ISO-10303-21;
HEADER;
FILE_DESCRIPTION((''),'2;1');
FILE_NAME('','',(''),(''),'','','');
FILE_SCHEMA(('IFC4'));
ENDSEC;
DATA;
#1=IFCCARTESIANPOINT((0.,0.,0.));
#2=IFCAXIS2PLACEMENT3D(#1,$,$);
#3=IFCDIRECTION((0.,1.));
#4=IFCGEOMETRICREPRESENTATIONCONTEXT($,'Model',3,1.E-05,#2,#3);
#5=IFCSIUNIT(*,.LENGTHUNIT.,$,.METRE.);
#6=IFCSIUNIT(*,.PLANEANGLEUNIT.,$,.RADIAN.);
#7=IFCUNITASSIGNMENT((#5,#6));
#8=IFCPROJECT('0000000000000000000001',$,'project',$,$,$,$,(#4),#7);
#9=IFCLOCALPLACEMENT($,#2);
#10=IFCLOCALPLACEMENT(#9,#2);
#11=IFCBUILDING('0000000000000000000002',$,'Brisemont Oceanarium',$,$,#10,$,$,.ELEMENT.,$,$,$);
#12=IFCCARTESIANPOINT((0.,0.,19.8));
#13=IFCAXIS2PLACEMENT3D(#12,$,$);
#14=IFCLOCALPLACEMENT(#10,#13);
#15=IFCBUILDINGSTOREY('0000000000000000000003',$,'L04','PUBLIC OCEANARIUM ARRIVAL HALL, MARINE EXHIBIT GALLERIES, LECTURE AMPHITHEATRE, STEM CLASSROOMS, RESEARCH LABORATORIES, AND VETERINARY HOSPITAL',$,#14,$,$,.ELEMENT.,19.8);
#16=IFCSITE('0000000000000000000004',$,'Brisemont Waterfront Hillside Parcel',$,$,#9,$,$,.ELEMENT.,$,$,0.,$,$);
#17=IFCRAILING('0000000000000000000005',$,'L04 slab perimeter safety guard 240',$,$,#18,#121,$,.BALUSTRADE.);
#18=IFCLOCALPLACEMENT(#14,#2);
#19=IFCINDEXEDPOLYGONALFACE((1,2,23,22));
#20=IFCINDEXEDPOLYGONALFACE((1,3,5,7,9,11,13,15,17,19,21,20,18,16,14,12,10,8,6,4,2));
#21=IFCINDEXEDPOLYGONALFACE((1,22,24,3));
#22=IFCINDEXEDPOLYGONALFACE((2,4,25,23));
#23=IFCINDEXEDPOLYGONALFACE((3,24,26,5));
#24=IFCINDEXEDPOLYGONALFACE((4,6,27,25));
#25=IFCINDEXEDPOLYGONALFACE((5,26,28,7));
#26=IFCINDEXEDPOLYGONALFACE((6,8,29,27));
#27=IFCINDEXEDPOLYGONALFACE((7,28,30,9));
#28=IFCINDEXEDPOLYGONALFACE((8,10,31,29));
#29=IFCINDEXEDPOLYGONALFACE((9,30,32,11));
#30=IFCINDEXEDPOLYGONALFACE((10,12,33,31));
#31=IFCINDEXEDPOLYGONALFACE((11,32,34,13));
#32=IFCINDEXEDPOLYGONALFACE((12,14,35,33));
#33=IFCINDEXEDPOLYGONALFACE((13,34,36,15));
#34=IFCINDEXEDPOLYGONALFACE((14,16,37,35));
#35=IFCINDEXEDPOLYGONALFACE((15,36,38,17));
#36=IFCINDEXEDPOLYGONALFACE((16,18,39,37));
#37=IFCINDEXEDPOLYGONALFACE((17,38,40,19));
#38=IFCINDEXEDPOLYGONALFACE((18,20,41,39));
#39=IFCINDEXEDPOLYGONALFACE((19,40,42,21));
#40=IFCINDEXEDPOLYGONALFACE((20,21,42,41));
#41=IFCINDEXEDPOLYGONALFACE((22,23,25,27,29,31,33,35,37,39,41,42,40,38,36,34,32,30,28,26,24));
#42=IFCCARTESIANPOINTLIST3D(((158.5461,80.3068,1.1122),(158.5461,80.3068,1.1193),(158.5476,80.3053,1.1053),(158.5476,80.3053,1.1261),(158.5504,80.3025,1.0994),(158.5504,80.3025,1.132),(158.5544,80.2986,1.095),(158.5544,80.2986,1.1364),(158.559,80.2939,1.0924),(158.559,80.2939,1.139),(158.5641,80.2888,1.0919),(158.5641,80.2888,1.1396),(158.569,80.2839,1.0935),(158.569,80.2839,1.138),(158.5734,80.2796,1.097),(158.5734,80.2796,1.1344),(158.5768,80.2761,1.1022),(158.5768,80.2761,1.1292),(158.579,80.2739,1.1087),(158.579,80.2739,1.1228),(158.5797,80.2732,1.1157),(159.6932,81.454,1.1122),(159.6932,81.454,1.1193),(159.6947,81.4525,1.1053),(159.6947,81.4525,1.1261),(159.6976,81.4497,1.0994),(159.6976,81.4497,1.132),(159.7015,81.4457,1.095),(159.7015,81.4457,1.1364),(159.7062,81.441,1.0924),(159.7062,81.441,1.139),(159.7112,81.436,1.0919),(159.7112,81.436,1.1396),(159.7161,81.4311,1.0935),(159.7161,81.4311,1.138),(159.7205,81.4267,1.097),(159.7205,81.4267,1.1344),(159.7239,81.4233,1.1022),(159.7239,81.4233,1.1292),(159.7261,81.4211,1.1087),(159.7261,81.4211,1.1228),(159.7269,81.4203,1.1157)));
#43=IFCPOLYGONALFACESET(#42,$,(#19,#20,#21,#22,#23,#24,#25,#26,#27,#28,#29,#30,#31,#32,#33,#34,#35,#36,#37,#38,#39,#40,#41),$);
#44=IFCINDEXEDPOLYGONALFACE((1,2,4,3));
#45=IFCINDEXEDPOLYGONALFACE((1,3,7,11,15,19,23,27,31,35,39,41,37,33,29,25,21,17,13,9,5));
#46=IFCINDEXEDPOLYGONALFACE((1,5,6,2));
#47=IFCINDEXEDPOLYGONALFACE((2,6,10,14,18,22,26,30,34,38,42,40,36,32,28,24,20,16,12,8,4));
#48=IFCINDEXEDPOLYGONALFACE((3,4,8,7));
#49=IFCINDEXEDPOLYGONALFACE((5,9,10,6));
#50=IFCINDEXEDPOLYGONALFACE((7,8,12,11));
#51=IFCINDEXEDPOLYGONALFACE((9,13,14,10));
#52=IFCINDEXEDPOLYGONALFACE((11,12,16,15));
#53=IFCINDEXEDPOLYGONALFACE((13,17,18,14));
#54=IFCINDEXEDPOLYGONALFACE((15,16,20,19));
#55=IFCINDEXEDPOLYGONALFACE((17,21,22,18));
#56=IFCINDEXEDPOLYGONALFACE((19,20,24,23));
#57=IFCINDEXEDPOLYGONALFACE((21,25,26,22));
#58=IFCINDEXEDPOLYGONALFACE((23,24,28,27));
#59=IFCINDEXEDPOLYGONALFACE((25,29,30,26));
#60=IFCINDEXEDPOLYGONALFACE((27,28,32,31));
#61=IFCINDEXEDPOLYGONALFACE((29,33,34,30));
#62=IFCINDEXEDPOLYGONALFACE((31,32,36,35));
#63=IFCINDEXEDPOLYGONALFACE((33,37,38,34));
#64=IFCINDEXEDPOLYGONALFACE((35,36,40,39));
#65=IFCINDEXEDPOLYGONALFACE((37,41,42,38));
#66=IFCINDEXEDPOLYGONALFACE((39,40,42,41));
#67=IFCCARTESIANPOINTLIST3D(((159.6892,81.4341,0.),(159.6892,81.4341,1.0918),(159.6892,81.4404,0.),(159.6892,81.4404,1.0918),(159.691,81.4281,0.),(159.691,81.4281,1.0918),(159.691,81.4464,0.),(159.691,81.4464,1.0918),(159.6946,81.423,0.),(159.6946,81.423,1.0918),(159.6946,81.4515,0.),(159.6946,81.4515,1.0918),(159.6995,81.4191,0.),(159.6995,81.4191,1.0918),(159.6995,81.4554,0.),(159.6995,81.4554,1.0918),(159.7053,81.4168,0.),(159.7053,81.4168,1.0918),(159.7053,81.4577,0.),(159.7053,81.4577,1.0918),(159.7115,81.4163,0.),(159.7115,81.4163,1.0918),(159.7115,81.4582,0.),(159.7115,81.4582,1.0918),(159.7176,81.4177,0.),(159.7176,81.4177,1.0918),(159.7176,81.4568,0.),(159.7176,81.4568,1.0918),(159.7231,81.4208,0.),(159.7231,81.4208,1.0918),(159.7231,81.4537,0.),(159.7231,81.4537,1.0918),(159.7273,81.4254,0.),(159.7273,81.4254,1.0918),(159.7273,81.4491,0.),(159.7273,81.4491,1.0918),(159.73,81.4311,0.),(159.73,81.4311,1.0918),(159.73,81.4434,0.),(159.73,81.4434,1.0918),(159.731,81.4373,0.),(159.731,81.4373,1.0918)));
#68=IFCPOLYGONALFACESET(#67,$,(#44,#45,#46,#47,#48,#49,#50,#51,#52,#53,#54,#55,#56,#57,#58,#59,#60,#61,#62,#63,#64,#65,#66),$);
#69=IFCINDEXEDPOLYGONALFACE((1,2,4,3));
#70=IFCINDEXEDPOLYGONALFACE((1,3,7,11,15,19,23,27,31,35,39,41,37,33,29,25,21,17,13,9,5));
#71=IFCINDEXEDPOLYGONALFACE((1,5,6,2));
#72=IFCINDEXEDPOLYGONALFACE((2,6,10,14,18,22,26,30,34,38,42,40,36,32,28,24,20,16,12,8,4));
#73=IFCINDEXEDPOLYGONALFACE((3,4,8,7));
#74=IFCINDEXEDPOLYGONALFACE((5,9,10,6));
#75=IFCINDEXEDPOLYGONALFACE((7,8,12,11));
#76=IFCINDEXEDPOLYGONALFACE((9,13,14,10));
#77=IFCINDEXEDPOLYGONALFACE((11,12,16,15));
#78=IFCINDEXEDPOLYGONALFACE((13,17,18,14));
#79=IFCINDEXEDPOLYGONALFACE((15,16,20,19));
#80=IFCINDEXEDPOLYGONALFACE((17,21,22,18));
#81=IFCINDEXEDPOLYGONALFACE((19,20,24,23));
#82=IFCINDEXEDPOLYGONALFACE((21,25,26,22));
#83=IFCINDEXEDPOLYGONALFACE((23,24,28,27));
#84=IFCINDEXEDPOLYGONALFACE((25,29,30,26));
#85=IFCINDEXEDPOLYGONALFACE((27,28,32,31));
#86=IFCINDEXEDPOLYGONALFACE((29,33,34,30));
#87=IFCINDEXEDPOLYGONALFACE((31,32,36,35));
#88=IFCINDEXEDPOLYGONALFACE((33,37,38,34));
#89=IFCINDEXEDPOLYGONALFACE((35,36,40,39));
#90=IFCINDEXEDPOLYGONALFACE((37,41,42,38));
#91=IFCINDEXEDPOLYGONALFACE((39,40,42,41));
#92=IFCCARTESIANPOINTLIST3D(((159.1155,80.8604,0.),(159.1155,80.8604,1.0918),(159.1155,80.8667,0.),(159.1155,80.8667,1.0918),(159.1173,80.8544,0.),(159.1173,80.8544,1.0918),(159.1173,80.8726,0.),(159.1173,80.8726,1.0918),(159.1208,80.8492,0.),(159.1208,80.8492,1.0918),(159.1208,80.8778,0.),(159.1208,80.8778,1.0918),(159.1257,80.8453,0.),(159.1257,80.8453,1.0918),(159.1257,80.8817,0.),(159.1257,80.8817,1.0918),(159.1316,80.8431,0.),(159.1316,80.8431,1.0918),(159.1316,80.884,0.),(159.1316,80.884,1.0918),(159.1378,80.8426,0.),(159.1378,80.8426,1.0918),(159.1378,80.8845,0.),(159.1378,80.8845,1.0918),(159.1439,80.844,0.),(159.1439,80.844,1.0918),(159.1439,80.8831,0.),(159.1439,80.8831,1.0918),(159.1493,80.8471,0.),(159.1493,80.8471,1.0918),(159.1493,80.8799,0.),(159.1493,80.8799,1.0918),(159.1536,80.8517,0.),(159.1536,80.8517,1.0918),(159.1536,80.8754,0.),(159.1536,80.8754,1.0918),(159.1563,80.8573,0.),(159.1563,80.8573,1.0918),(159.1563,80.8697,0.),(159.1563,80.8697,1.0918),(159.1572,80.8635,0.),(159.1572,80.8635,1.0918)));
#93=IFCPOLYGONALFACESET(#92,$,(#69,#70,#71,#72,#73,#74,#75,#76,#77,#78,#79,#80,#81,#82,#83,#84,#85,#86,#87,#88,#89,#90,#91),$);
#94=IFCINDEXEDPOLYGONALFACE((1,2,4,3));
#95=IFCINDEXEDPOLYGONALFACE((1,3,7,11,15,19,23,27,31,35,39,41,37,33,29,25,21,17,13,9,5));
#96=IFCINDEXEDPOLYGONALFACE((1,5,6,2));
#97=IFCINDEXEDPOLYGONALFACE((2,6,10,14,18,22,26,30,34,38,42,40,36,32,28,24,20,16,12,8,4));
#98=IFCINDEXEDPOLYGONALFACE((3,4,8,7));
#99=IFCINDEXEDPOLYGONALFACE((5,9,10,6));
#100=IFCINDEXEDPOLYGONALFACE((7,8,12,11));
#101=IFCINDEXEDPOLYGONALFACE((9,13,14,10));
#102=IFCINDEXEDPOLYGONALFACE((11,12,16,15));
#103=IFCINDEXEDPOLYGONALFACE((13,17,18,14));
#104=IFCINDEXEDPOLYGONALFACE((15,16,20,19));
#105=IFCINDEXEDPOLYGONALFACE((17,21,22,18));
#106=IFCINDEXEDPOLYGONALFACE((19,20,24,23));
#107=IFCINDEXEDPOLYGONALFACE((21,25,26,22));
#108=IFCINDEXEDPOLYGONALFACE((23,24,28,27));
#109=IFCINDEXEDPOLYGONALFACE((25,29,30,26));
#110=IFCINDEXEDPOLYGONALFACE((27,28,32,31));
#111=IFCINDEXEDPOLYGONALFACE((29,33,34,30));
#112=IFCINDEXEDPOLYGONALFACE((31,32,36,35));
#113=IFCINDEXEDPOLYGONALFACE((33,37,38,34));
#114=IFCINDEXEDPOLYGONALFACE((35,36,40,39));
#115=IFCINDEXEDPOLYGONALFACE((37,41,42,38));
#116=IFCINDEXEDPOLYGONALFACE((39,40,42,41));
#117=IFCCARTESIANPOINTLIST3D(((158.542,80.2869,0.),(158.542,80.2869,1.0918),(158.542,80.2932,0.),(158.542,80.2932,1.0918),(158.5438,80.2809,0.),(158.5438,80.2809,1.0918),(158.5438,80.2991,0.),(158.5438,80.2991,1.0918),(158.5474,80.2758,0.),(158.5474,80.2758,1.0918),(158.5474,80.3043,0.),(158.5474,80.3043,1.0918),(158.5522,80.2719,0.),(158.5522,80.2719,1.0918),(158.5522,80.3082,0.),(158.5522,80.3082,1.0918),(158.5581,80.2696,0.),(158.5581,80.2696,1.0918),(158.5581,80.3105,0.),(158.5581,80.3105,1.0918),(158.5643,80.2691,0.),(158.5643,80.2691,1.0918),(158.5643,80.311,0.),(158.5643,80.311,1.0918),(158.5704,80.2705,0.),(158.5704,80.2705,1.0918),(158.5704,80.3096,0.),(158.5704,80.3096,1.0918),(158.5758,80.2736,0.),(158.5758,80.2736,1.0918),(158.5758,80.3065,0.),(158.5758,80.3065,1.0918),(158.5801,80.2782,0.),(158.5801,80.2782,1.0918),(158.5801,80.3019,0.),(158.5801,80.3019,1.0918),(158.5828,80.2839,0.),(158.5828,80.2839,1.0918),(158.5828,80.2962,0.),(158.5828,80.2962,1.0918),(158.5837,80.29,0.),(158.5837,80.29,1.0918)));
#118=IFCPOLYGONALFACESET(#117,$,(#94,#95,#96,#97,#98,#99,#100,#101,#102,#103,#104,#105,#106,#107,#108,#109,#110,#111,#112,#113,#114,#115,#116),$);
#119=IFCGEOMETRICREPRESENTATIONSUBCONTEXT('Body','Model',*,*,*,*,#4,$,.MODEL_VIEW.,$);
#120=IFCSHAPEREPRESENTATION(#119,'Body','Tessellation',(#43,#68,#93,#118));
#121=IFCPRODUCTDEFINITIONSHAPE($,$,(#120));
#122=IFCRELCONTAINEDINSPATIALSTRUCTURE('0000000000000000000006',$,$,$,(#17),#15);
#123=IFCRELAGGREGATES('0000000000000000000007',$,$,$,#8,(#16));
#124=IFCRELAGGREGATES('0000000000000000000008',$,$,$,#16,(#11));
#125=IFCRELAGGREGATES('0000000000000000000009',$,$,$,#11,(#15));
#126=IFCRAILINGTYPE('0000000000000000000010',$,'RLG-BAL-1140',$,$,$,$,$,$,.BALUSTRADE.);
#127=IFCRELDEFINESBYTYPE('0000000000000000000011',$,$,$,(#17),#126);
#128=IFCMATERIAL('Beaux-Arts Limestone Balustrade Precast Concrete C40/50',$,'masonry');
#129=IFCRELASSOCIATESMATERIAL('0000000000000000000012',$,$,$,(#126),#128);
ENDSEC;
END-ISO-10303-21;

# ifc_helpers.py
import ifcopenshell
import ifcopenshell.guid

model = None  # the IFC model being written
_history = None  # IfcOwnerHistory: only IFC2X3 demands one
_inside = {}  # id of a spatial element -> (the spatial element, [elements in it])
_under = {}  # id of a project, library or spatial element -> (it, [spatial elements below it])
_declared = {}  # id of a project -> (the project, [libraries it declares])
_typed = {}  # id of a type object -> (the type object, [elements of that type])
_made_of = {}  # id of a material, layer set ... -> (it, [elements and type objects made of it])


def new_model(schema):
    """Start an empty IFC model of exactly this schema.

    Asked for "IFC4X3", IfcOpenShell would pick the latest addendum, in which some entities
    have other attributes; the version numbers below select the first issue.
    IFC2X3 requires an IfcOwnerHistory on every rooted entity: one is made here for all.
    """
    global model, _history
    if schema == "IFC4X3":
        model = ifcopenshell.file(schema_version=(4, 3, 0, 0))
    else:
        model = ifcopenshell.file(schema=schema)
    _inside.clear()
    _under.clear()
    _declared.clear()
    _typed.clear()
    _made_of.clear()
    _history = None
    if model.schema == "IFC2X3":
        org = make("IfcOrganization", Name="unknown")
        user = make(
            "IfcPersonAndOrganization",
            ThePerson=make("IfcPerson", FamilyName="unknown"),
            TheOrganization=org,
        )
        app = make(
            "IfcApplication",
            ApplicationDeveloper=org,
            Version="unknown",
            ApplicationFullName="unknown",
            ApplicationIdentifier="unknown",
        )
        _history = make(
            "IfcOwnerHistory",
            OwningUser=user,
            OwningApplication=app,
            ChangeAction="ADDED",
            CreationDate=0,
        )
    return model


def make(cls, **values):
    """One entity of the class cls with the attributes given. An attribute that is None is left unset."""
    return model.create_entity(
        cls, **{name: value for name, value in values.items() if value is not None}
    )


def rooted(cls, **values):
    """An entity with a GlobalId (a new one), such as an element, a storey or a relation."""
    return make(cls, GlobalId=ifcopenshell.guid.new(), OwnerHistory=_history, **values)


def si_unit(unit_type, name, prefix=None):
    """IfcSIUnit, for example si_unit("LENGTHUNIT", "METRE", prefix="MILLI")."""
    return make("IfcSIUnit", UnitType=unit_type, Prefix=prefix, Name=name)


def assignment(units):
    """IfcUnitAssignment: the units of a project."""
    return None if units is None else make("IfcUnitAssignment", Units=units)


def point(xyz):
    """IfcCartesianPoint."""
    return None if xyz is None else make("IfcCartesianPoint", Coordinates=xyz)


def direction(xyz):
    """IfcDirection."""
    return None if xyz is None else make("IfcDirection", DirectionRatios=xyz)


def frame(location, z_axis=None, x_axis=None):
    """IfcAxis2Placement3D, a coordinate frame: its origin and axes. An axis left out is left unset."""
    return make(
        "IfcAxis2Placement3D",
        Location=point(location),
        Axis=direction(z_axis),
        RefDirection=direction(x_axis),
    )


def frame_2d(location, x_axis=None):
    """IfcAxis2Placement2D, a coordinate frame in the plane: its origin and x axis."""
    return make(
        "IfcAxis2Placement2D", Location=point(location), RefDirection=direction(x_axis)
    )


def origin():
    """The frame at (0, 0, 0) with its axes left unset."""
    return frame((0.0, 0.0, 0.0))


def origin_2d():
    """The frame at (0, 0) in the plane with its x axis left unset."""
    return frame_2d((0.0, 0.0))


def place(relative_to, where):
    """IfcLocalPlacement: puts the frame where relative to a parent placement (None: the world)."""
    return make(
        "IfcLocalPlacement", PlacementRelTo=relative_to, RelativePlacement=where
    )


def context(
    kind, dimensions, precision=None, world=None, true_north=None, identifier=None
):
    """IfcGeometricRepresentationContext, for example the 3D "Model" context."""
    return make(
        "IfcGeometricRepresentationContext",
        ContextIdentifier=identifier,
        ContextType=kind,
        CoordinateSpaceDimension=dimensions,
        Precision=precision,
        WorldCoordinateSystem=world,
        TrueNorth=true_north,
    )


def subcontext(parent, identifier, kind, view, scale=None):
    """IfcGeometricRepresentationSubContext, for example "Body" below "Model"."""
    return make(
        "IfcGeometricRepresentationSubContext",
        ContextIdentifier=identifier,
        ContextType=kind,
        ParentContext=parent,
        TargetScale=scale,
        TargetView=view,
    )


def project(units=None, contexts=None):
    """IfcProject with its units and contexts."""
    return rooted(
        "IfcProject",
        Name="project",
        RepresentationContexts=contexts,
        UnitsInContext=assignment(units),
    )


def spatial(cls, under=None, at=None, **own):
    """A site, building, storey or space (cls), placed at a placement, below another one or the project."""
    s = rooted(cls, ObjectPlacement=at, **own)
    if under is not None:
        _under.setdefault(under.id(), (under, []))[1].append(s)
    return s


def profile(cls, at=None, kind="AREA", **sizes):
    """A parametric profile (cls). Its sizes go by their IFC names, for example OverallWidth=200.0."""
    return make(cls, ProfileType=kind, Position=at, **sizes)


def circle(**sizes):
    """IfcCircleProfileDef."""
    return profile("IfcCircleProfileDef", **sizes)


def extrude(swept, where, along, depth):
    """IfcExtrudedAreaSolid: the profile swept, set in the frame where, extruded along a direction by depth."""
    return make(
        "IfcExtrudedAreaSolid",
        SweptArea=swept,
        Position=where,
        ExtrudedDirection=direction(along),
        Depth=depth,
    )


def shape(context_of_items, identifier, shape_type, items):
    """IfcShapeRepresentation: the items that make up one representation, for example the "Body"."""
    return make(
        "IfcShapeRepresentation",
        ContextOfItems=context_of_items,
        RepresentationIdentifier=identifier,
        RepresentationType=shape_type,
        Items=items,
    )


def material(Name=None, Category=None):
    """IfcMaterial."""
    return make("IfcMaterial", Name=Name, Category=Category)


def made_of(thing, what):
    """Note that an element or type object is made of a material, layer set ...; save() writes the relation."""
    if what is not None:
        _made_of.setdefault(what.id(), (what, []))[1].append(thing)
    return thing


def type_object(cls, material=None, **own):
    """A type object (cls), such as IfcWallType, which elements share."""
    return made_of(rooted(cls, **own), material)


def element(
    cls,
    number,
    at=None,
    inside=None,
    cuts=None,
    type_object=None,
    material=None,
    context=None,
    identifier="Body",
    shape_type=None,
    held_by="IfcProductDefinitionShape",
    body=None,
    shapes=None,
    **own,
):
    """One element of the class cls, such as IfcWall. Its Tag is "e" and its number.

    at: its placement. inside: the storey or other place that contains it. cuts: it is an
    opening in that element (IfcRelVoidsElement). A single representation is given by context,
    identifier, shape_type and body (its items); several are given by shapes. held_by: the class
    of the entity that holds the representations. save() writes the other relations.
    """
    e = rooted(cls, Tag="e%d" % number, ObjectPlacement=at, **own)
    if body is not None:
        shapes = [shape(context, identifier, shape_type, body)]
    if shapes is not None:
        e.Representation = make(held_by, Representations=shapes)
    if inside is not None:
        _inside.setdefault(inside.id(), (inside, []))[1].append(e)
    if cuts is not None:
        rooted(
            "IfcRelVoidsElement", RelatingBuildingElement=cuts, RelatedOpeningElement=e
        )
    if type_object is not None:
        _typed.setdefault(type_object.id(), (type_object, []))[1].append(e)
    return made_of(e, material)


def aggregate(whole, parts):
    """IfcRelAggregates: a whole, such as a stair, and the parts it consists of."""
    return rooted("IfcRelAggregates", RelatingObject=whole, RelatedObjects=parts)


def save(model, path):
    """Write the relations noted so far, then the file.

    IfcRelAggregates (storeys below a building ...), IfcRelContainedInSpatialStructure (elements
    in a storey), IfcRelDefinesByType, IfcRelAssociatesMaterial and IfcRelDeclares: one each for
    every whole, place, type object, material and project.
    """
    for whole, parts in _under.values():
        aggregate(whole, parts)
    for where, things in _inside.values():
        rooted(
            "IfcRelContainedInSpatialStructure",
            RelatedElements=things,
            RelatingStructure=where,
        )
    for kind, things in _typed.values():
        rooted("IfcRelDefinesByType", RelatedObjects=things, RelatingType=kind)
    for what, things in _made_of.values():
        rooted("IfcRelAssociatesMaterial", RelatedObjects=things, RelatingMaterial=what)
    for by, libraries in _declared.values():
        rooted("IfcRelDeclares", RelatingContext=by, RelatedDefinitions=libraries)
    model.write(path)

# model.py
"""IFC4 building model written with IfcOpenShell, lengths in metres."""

from ifc_helpers import new_model, si_unit, direction, frame, origin, origin_2d, place, context, subcontext, project, spatial, circle, extrude, material, type_object, element, save


model = new_model("IFC4")

# Units and contexts
model_context = context("Model", 3, precision=1e-05, world=origin(), true_north=direction((0.0, 1.0)))
body_context = subcontext(model_context, "Body", "Model", "MODEL_VIEW")
ifc_project = project(units=[si_unit("LENGTHUNIT", "METRE"), si_unit("PLANEANGLEUNIT", "RADIAN")], contexts=[model_context])

# Site, building, storey
site_placement = place(None, origin())
site = spatial("IfcSite", under=ifc_project, at=site_placement, Name="Brisemont Waterfront Hillside Parcel", CompositionType="ELEMENT", RefElevation=0.0)
building_placement = place(site_placement, origin())
building = spatial("IfcBuilding", under=site, at=building_placement, Name="Brisemont Oceanarium", CompositionType="ELEMENT")
storey_placement = place(building_placement, frame((0.0, 0.0, 19.8)))
storey = spatial("IfcBuildingStorey", under=building, at=storey_placement, Name="L04", Description="PUBLIC OCEANARIUM ARRIVAL HALL, MARINE EXHIBIT GALLERIES, LECTURE AMPHITHEATRE, STEM CLASSROOMS, RESEARCH LABORATORIES, AND VETERINARY HOSPITAL", CompositionType="ELEMENT", Elevation=19.8)

# Railing
ifc_material_1 = material(Name="Beaux-Arts Limestone Balustrade Precast Concrete C40/50", Category="masonry")
railing_type_1 = type_object("IfcRailingType", Name="RLG-BAL-1140", PredefinedType="BALUSTRADE", material=ifc_material_1)
railing_1_placement = place(storey_placement, frame((159.71, 81.4373, 0.0)))
element("IfcRailing", 1, at=railing_1_placement, inside=storey, type_object=railing_type_1, Name="L04 slab perimeter safety guard 240", PredefinedType="BALUSTRADE", context=body_context, shape_type="SweptSolid", body=[
    extrude(circle(Radius=0.0239, at=origin_2d()), frame((0.0, 0.0, 1.1157), z_axis=(-0.707107, -0.707107, 0.0), x_axis=(0.707107, -0.707107, 0.0)), (0.0, 0.0, 1.0), 1.6223),
    extrude(circle(Radius=0.021, at=origin_2d()), origin(), (0.0, 0.0, 1.0), 1.0918),
    extrude(circle(Radius=0.021, at=origin_2d()), frame((-0.5737, -0.5737, 0.0)), (0.0, 0.0, 1.0), 1.0918),
    extrude(circle(Radius=0.021, at=origin_2d()), frame((-1.1472, -1.1472, 0.0)), (0.0, 0.0, 1.0), 1.0918),
])

save(model, "model.ifc")
